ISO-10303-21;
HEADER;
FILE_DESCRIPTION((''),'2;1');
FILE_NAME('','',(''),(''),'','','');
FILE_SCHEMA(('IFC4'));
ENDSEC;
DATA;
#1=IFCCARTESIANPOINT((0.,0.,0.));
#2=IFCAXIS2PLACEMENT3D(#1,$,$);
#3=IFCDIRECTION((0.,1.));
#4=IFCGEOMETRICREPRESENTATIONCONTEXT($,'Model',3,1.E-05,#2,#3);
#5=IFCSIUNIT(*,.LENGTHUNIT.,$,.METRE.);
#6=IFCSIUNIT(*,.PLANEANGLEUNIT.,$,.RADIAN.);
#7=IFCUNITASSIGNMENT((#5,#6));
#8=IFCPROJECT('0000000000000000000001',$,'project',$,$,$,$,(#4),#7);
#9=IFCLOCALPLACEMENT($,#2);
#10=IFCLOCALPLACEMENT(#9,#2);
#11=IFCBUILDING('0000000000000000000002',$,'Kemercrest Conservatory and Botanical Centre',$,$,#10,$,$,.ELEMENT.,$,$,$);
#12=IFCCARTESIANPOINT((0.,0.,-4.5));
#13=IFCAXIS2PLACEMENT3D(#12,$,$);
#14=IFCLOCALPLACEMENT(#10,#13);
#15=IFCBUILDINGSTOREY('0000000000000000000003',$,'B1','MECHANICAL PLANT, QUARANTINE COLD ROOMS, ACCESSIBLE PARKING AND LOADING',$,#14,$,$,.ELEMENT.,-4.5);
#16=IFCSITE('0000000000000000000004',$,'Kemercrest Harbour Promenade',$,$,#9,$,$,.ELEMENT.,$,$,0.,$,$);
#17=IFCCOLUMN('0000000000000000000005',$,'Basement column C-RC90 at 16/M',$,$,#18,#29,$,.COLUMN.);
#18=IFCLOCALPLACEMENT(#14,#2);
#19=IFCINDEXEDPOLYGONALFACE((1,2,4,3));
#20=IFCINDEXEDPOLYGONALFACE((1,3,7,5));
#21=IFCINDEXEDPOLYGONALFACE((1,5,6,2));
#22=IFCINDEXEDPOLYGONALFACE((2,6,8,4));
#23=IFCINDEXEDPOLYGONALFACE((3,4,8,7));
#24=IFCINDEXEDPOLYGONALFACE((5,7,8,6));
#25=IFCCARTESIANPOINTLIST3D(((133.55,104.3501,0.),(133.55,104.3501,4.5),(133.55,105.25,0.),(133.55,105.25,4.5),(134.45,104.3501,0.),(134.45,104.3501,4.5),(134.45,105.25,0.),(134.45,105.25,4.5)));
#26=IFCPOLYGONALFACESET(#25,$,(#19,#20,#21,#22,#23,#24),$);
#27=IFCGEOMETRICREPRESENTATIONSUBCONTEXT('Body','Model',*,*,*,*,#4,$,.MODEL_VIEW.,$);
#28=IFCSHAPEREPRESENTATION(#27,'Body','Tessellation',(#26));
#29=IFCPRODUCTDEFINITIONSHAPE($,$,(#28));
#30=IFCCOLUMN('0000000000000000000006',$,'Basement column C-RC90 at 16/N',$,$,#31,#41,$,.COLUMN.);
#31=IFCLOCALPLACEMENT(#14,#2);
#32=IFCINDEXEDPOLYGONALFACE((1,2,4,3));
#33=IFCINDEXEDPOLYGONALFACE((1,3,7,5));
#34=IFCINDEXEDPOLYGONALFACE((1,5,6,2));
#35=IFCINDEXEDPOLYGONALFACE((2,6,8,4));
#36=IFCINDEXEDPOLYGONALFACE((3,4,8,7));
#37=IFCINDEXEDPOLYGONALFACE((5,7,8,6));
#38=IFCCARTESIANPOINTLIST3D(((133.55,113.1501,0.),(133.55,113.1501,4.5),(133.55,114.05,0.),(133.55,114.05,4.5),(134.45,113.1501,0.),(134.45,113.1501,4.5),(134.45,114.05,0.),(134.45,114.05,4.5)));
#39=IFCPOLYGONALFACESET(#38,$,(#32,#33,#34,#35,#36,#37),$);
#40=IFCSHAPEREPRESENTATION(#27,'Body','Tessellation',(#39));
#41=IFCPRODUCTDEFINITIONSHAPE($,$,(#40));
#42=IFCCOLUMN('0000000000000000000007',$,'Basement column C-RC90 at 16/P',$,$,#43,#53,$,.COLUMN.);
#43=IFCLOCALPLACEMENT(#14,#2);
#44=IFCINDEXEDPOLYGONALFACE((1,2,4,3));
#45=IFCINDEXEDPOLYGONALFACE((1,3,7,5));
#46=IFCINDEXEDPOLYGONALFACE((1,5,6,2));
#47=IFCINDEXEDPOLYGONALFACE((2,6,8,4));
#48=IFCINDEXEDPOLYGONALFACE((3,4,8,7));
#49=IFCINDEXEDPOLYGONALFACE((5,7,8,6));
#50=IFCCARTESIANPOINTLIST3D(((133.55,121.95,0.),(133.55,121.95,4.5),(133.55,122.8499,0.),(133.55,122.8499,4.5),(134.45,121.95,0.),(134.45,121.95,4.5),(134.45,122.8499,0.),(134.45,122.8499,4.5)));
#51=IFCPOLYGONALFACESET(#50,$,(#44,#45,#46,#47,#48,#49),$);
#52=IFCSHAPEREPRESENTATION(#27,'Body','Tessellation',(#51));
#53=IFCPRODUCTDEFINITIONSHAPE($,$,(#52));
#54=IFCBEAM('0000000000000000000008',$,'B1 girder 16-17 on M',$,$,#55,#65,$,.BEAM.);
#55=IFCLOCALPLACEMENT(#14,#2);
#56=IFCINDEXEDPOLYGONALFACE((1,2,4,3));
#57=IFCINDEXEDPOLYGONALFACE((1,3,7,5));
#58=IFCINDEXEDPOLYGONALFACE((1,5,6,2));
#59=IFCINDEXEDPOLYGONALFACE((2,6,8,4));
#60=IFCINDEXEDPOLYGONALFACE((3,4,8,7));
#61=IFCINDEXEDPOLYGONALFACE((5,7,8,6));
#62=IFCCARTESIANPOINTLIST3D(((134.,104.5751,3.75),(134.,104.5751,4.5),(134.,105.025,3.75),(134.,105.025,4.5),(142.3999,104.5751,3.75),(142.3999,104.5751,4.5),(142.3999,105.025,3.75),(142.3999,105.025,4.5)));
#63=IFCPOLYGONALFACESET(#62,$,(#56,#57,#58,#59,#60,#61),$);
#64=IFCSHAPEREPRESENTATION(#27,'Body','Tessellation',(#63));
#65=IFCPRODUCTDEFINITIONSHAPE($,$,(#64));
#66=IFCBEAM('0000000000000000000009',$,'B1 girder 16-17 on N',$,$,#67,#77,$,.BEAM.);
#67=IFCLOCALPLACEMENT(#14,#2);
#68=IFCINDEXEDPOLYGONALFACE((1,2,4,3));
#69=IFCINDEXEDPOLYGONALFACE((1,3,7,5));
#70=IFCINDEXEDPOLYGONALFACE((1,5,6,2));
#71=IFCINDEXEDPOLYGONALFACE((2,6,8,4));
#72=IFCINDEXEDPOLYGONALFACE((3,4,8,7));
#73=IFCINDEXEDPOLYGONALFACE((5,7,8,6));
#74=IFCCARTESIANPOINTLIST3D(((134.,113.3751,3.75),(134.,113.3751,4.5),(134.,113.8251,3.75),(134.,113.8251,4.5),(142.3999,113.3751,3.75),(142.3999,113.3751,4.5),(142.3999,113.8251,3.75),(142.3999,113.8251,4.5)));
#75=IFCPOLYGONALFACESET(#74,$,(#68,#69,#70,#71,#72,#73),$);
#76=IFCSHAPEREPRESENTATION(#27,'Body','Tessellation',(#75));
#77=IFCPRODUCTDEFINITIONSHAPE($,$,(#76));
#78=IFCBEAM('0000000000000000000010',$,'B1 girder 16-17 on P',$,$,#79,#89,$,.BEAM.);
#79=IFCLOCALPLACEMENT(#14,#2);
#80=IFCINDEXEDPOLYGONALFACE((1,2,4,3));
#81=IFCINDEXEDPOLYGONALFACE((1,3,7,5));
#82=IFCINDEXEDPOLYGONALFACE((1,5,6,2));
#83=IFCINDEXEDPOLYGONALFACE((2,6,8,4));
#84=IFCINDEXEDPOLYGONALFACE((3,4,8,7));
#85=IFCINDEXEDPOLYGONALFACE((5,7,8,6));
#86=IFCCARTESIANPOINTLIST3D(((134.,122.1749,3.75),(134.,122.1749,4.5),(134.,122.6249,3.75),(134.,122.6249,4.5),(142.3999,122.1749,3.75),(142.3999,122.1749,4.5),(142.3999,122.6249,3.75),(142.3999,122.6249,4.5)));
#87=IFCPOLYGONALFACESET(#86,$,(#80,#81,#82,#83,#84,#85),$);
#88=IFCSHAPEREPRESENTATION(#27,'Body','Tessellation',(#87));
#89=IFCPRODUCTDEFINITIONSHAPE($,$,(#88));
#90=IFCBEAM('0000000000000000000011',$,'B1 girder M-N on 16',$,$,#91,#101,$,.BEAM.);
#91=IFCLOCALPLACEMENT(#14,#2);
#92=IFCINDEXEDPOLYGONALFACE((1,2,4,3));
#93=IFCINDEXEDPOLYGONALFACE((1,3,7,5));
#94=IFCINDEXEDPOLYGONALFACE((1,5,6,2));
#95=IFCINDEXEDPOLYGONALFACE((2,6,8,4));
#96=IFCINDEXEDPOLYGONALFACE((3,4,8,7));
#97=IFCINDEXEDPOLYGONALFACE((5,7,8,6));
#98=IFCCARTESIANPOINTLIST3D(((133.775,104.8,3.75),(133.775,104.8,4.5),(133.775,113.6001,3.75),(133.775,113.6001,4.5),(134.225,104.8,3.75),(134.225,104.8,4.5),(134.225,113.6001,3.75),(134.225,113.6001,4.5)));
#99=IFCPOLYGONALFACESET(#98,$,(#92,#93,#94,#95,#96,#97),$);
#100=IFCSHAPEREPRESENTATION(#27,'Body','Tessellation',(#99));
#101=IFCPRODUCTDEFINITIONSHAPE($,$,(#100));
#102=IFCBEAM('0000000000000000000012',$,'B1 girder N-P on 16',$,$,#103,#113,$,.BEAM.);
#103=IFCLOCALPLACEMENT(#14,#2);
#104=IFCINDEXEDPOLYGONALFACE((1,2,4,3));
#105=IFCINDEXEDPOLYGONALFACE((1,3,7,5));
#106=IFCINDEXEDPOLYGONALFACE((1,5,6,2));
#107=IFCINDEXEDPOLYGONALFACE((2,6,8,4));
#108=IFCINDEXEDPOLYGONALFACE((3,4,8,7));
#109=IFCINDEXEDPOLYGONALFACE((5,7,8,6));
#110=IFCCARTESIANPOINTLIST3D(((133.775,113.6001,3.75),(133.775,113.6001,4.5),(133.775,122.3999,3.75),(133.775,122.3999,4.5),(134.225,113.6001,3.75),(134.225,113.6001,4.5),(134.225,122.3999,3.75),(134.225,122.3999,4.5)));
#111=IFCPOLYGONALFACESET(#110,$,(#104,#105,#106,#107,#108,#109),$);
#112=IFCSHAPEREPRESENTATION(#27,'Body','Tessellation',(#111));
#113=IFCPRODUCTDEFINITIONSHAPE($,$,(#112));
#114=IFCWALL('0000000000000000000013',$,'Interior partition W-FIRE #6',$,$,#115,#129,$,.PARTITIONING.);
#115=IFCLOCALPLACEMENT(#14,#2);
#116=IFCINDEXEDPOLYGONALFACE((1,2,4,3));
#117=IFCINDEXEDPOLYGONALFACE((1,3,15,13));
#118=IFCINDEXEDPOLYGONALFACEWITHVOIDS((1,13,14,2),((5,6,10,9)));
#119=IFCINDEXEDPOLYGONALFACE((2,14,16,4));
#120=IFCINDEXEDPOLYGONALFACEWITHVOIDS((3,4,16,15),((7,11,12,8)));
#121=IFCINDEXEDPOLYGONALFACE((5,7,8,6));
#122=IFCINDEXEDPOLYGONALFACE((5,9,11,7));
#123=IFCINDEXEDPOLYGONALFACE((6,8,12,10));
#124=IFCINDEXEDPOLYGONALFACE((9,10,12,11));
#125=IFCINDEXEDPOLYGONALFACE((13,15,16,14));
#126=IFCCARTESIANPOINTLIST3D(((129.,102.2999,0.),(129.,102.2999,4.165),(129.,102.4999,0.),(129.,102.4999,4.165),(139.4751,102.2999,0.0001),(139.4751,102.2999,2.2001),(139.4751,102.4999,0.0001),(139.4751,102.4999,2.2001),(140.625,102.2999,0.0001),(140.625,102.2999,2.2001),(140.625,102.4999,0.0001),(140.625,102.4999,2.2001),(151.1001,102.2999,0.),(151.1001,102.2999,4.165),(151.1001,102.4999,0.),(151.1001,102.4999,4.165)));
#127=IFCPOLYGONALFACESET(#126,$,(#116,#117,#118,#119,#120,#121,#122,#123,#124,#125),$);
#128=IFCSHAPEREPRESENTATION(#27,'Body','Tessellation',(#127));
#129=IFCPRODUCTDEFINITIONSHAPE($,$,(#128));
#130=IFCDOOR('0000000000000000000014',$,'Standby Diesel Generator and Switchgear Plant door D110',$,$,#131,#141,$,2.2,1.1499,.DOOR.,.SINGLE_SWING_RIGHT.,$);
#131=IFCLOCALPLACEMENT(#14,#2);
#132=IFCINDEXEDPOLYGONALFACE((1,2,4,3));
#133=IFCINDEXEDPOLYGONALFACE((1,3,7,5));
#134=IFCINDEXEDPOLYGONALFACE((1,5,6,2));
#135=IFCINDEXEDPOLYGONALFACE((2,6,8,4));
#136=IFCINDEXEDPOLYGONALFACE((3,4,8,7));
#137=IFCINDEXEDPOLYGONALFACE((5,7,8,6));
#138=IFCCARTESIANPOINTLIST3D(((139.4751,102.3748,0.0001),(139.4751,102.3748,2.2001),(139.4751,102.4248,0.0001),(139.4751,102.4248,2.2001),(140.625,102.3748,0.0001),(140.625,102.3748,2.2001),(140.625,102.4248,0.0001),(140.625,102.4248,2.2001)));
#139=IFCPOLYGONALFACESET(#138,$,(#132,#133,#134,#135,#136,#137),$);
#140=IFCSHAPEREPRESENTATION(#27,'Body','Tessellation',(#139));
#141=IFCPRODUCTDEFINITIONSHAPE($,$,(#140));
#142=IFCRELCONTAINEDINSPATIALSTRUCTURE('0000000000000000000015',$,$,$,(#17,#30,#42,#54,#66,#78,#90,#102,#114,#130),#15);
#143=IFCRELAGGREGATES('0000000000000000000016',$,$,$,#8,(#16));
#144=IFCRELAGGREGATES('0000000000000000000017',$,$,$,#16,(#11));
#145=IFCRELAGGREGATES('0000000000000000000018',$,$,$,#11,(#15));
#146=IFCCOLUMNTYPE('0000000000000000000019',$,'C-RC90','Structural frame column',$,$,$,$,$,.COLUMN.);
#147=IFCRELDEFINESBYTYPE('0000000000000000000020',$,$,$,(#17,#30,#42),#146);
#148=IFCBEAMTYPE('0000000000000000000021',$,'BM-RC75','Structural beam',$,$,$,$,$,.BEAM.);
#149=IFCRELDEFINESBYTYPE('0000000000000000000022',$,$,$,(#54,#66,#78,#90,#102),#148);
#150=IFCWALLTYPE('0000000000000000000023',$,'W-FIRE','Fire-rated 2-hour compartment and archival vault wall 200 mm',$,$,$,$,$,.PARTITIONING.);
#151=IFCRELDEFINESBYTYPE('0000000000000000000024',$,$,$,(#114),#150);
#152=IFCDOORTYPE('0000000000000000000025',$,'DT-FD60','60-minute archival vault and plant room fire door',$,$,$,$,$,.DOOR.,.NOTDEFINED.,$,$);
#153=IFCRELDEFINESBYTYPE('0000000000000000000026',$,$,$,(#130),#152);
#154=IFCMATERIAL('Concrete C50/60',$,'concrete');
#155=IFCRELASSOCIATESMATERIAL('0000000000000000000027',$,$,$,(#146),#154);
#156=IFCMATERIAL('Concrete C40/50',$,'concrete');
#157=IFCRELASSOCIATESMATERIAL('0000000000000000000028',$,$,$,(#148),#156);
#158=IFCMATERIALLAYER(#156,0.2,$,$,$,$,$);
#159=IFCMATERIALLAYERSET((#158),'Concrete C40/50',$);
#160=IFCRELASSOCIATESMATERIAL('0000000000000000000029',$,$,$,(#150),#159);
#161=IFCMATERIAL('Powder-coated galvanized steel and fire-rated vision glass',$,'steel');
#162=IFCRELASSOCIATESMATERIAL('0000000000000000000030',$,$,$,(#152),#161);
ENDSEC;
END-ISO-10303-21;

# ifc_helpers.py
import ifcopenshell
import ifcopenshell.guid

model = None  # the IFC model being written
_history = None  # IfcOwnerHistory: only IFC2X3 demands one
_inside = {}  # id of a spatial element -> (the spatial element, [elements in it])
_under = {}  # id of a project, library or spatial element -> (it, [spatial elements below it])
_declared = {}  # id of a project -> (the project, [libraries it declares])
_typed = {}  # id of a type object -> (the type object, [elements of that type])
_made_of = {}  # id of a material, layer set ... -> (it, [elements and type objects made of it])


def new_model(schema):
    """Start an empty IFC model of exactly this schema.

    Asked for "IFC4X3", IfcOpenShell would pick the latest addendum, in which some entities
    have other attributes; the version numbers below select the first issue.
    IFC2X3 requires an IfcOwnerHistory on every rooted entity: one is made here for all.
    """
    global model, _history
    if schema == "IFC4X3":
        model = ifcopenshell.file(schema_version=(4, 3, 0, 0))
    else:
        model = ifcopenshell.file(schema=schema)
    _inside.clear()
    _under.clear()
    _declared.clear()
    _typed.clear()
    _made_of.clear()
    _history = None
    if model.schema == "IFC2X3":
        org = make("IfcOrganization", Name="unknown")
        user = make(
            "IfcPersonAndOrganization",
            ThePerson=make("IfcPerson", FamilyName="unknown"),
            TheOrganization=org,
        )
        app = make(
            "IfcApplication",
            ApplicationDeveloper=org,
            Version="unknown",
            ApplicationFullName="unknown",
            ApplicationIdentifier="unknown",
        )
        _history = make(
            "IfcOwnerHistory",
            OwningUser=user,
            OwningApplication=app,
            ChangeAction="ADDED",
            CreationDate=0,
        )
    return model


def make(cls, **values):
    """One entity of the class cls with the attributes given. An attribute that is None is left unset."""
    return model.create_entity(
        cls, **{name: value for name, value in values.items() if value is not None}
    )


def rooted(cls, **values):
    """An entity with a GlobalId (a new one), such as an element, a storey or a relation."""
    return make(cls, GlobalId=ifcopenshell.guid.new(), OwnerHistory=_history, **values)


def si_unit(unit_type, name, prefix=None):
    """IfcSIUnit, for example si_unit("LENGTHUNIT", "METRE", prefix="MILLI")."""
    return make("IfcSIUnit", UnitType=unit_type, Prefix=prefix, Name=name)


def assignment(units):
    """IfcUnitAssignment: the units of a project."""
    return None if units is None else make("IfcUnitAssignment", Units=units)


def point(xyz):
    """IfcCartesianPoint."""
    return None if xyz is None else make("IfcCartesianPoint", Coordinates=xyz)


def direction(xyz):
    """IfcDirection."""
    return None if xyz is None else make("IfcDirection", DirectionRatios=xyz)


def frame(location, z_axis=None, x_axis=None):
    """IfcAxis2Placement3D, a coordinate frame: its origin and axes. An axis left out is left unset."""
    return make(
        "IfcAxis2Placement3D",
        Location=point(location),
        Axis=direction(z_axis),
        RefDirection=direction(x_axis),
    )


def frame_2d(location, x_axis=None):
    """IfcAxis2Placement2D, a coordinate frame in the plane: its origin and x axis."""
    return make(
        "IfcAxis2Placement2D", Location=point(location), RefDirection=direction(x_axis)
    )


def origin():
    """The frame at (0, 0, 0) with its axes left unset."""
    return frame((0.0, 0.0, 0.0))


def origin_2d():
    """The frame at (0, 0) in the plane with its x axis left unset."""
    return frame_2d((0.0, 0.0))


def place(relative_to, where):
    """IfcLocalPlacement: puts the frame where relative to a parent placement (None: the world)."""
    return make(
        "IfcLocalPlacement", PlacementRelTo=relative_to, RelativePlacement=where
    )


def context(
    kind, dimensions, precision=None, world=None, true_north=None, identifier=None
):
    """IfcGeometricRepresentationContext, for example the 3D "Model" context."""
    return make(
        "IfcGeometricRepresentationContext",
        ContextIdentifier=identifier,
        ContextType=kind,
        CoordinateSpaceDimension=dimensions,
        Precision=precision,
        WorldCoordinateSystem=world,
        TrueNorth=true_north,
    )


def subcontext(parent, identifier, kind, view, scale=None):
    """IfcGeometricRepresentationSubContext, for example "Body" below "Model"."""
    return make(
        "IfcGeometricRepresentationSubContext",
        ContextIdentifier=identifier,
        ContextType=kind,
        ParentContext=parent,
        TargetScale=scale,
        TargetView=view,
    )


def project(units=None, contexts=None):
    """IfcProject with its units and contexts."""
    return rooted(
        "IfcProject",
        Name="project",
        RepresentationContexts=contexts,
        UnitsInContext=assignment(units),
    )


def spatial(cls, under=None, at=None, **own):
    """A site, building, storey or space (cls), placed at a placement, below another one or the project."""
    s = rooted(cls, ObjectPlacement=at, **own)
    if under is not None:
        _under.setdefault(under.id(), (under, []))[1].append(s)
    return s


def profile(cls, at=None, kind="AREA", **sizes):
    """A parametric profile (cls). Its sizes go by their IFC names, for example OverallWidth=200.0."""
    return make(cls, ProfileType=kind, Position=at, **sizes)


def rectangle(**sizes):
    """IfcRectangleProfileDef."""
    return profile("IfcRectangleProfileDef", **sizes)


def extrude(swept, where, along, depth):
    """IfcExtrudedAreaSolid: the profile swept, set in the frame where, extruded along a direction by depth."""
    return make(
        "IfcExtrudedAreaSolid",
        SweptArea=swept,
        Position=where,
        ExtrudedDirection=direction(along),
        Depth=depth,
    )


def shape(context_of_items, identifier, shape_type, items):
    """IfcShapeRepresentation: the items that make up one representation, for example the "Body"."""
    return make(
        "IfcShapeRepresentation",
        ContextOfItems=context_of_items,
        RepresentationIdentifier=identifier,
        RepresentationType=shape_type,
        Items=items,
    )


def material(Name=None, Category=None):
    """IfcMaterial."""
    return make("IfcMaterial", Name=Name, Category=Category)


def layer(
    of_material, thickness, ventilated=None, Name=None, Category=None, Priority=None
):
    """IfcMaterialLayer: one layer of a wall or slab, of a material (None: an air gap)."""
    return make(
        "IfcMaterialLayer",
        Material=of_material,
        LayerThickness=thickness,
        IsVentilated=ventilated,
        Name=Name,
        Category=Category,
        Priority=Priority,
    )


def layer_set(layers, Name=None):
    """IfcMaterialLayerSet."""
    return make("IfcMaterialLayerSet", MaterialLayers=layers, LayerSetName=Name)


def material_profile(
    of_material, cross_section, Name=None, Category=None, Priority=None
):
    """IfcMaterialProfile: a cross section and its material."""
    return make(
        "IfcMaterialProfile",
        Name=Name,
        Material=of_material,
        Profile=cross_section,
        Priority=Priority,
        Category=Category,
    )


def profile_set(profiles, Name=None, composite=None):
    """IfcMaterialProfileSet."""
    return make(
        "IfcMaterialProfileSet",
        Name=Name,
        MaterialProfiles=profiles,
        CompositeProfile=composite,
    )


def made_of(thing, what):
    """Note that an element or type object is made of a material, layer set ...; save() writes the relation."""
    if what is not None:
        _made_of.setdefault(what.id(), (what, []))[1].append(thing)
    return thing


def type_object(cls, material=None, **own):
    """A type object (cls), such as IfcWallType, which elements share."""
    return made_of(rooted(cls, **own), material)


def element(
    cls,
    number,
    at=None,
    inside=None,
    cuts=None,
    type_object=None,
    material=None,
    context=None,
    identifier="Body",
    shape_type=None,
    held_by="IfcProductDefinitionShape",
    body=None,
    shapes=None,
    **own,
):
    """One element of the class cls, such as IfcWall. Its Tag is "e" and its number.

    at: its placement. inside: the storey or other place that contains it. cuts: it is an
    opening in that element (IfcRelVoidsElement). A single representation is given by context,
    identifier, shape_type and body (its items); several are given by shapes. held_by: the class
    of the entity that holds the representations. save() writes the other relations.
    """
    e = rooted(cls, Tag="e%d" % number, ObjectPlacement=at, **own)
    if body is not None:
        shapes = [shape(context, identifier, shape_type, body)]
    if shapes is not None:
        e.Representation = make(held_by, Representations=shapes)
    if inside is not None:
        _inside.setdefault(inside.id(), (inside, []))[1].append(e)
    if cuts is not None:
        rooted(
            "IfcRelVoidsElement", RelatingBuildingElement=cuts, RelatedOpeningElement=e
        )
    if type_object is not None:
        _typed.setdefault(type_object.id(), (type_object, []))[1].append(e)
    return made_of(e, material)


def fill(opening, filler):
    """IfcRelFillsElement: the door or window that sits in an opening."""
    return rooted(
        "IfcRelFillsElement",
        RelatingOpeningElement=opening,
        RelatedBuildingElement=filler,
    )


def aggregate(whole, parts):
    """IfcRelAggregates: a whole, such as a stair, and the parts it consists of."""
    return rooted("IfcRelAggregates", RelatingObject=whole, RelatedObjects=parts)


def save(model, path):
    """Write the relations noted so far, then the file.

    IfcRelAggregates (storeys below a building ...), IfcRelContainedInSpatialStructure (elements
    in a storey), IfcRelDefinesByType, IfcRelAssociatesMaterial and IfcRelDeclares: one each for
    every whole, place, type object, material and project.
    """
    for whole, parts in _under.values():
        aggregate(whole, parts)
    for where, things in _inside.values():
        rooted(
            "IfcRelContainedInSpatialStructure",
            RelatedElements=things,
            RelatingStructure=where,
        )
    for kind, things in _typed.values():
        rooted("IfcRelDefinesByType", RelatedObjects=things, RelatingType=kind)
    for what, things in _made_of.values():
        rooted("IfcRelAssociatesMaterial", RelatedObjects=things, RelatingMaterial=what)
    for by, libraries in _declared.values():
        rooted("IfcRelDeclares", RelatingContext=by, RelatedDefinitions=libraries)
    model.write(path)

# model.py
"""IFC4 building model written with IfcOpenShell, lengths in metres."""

from ifc_helpers import new_model, si_unit, direction, frame, frame_2d, origin, origin_2d, place, context, subcontext, project, spatial, rectangle, extrude, material, layer, layer_set, material_profile, profile_set, type_object, element, fill, save


model = new_model("IFC4")

# Units and contexts
model_context = context("Model", 3, precision=1e-05, world=origin(), true_north=direction((0.0, 1.0)))
body_context = subcontext(model_context, "Body", "Model", "MODEL_VIEW")
ifc_project = project(units=[si_unit("LENGTHUNIT", "METRE"), si_unit("PLANEANGLEUNIT", "RADIAN")], contexts=[model_context])

# Site, building, storey
site_placement = place(None, origin())
site = spatial("IfcSite", under=ifc_project, at=site_placement, Name="Kemercrest Harbour Promenade", CompositionType="ELEMENT", RefElevation=0.0)
building_placement = place(site_placement, origin())
building = spatial("IfcBuilding", under=site, at=building_placement, Name="Kemercrest Conservatory and Botanical Centre", CompositionType="ELEMENT")
storey_placement = place(building_placement, frame((0.0, 0.0, -4.5)))
storey = spatial("IfcBuildingStorey", under=building, at=storey_placement, Name="B1", Description="MECHANICAL PLANT, QUARANTINE COLD ROOMS, ACCESSIBLE PARKING AND LOADING", CompositionType="ELEMENT", Elevation=-4.5)

# Shared definitions
ifc_material_1 = material(Name="Concrete C40/50", Category="concrete")

# Columns
ifc_material_2 = material(Name="Concrete C50/60", Category="concrete")
ifc_material_profile_1 = material_profile(ifc_material_2, rectangle(XDim=0.8999, YDim=0.8999, at=origin_2d()), Name="RC 900x900")
ifc_profile_set_1 = profile_set([ifc_material_profile_1], Name="Concrete C50/60")
column_type = type_object("IfcColumnType", Name="C-RC90", Description="Structural frame column", PredefinedType="COLUMN", material=ifc_profile_set_1)
for number, where, z_axis, x_axis, name in (
    (1, (134.0, 104.8, 0.0), (0.0, 0.0, 1.0), (1.0, 0.0, 0.0), "Basement column C-RC90 at 16/M"),
    (2, (134.0, 113.6001, 0.0), (0.0, 0.0, 1.0), (1.0, 0.0, 0.0), "Basement column C-RC90 at 16/N"),
    (3, (134.0, 122.3999, 0.0), (0.0, 0.0, 1.0), (1.0, 0.0, 0.0), "Basement column C-RC90 at 16/P"),
):
    element("IfcColumn", number, at=place(storey_placement, frame(where, z_axis=z_axis, x_axis=x_axis)), inside=storey, type_object=column_type, Name=name, PredefinedType="COLUMN", context=body_context, shape_type="SweptSolid", body=[
        extrude(rectangle(XDim=0.8999, YDim=0.8999, at=origin_2d()), origin(), (0.0, 0.0, 1.0), 4.5),
    ])

# Beams
ifc_material_profile_2 = material_profile(ifc_material_1, rectangle(XDim=0.45, YDim=0.75, at=origin_2d()), Name="RC 450x750")
ifc_profile_set_2 = profile_set([ifc_material_profile_2], Name="Concrete C40/50")
beam_type = type_object("IfcBeamType", Name="BM-RC75", Description="Structural beam", PredefinedType="BEAM", material=ifc_profile_set_2)
for number, where, z_axis, x_axis, name in (
    (4, (134.0, 104.8, 4.125), (1.0, 0.0, 0.0), (0.0, 1.0, 0.0), "B1 girder 16-17 on M"),
    (5, (134.0, 113.6001, 4.125), (1.0, 0.0, 0.0), (0.0, 1.0, 0.0), "B1 girder 16-17 on N"),
    (6, (134.0, 122.3999, 4.125), (1.0, 0.0, 0.0), (0.0, 1.0, 0.0), "B1 girder 16-17 on P"),
):
    element("IfcBeam", number, at=place(storey_placement, frame(where, z_axis=z_axis, x_axis=x_axis)), inside=storey, type_object=beam_type, Name=name, PredefinedType="BEAM", context=body_context, shape_type="SweptSolid", body=[
        extrude(rectangle(XDim=0.45, YDim=0.75, at=origin_2d()), origin(), (0.0, 0.0, 1.0), 8.3999),
    ])
beam_1_placement = place(storey_placement, frame((134.0, 104.8, 4.125), z_axis=(0.0, 1.0, 0.0), x_axis=(-1.0, 0.0, 0.0)))
element("IfcBeam", 7, at=beam_1_placement, inside=storey, type_object=beam_type, Name="B1 girder M-N on 16", PredefinedType="BEAM", context=body_context, shape_type="SweptSolid", body=[
    extrude(rectangle(XDim=0.45, YDim=0.75, at=origin_2d()), origin(), (0.0, 0.0, 1.0), 8.8),
])
beam_2_placement = place(storey_placement, frame((134.0, 113.6001, 4.125), z_axis=(0.0, 1.0, 0.0), x_axis=(-1.0, 0.0, 0.0)))
element("IfcBeam", 8, at=beam_2_placement, inside=storey, type_object=beam_type, Name="B1 girder N-P on 16", PredefinedType="BEAM", context=body_context, shape_type="SweptSolid", body=[
    extrude(rectangle(XDim=0.45, YDim=0.75, at=origin_2d()), origin(), (0.0, 0.0, 1.0), 8.7998),
])

# Wall, opening, door
ifc_layer = layer(ifc_material_1, 0.2)
ifc_layer_set = layer_set([ifc_layer], Name="Concrete C40/50")
wall_type = type_object("IfcWallType", Name="W-FIRE", Description="Fire-rated 2-hour compartment and archival vault wall 200 mm", PredefinedType="PARTITIONING", material=ifc_layer_set)
wall_placement = place(storey_placement, frame((129.0, 102.3999, 0.0), z_axis=(0.0, 0.0, 1.0), x_axis=(1.0, 0.0, 0.0)))
wall = element("IfcWall", 9, at=wall_placement, inside=storey, type_object=wall_type, Name="Interior partition W-FIRE #6", PredefinedType="PARTITIONING", context=body_context, shape_type="SweptSolid", body=[
    extrude(rectangle(XDim=22.1001, YDim=0.2, at=frame_2d((11.05, 0.0))), origin(), (0.0, 0.0, 1.0), 4.165),
])
opening_placement = place(wall_placement, frame((10.4751, 0.0, 0.0)))
opening = element("IfcOpeningElement", 10, at=opening_placement, cuts=wall, PredefinedType="OPENING", context=body_context, shape_type="SweptSolid", body=[
    extrude(rectangle(XDim=1.1499, YDim=2.2, at=frame_2d((0.575, 1.1001))), frame((0.0, 0.1099, 0.0), z_axis=(0.0, -1.0, 0.0), x_axis=(1.0, 0.0, 0.0)), (0.0, 0.0, 1.0), 0.22),
])
ifc_material_3 = material(Name="Powder-coated galvanized steel and fire-rated vision glass", Category="steel")
door_type = type_object("IfcDoorType", Name="DT-FD60", Description="60-minute archival vault and plant room fire door", OperationType="NOTDEFINED", PredefinedType="DOOR", material=ifc_material_3)
door_placement = place(opening_placement, origin())
door = element("IfcDoor", 11, at=door_placement, inside=storey, type_object=door_type, Name="Standby Diesel Generator and Switchgear Plant door D110", OperationType="SINGLE_SWING_RIGHT", OverallHeight=2.2, OverallWidth=1.1499, PredefinedType="DOOR", context=body_context, shape_type="SweptSolid", body=[
    extrude(rectangle(XDim=1.1499, YDim=2.2, at=frame_2d((0.575, 1.1001))), frame((0.0, 0.0249, 0.0), z_axis=(0.0, -1.0, 0.0), x_axis=(1.0, 0.0, 0.0)), (0.0, 0.0, 1.0), 0.05),
])
fill(opening, door)

save(model, "model.ifc")
